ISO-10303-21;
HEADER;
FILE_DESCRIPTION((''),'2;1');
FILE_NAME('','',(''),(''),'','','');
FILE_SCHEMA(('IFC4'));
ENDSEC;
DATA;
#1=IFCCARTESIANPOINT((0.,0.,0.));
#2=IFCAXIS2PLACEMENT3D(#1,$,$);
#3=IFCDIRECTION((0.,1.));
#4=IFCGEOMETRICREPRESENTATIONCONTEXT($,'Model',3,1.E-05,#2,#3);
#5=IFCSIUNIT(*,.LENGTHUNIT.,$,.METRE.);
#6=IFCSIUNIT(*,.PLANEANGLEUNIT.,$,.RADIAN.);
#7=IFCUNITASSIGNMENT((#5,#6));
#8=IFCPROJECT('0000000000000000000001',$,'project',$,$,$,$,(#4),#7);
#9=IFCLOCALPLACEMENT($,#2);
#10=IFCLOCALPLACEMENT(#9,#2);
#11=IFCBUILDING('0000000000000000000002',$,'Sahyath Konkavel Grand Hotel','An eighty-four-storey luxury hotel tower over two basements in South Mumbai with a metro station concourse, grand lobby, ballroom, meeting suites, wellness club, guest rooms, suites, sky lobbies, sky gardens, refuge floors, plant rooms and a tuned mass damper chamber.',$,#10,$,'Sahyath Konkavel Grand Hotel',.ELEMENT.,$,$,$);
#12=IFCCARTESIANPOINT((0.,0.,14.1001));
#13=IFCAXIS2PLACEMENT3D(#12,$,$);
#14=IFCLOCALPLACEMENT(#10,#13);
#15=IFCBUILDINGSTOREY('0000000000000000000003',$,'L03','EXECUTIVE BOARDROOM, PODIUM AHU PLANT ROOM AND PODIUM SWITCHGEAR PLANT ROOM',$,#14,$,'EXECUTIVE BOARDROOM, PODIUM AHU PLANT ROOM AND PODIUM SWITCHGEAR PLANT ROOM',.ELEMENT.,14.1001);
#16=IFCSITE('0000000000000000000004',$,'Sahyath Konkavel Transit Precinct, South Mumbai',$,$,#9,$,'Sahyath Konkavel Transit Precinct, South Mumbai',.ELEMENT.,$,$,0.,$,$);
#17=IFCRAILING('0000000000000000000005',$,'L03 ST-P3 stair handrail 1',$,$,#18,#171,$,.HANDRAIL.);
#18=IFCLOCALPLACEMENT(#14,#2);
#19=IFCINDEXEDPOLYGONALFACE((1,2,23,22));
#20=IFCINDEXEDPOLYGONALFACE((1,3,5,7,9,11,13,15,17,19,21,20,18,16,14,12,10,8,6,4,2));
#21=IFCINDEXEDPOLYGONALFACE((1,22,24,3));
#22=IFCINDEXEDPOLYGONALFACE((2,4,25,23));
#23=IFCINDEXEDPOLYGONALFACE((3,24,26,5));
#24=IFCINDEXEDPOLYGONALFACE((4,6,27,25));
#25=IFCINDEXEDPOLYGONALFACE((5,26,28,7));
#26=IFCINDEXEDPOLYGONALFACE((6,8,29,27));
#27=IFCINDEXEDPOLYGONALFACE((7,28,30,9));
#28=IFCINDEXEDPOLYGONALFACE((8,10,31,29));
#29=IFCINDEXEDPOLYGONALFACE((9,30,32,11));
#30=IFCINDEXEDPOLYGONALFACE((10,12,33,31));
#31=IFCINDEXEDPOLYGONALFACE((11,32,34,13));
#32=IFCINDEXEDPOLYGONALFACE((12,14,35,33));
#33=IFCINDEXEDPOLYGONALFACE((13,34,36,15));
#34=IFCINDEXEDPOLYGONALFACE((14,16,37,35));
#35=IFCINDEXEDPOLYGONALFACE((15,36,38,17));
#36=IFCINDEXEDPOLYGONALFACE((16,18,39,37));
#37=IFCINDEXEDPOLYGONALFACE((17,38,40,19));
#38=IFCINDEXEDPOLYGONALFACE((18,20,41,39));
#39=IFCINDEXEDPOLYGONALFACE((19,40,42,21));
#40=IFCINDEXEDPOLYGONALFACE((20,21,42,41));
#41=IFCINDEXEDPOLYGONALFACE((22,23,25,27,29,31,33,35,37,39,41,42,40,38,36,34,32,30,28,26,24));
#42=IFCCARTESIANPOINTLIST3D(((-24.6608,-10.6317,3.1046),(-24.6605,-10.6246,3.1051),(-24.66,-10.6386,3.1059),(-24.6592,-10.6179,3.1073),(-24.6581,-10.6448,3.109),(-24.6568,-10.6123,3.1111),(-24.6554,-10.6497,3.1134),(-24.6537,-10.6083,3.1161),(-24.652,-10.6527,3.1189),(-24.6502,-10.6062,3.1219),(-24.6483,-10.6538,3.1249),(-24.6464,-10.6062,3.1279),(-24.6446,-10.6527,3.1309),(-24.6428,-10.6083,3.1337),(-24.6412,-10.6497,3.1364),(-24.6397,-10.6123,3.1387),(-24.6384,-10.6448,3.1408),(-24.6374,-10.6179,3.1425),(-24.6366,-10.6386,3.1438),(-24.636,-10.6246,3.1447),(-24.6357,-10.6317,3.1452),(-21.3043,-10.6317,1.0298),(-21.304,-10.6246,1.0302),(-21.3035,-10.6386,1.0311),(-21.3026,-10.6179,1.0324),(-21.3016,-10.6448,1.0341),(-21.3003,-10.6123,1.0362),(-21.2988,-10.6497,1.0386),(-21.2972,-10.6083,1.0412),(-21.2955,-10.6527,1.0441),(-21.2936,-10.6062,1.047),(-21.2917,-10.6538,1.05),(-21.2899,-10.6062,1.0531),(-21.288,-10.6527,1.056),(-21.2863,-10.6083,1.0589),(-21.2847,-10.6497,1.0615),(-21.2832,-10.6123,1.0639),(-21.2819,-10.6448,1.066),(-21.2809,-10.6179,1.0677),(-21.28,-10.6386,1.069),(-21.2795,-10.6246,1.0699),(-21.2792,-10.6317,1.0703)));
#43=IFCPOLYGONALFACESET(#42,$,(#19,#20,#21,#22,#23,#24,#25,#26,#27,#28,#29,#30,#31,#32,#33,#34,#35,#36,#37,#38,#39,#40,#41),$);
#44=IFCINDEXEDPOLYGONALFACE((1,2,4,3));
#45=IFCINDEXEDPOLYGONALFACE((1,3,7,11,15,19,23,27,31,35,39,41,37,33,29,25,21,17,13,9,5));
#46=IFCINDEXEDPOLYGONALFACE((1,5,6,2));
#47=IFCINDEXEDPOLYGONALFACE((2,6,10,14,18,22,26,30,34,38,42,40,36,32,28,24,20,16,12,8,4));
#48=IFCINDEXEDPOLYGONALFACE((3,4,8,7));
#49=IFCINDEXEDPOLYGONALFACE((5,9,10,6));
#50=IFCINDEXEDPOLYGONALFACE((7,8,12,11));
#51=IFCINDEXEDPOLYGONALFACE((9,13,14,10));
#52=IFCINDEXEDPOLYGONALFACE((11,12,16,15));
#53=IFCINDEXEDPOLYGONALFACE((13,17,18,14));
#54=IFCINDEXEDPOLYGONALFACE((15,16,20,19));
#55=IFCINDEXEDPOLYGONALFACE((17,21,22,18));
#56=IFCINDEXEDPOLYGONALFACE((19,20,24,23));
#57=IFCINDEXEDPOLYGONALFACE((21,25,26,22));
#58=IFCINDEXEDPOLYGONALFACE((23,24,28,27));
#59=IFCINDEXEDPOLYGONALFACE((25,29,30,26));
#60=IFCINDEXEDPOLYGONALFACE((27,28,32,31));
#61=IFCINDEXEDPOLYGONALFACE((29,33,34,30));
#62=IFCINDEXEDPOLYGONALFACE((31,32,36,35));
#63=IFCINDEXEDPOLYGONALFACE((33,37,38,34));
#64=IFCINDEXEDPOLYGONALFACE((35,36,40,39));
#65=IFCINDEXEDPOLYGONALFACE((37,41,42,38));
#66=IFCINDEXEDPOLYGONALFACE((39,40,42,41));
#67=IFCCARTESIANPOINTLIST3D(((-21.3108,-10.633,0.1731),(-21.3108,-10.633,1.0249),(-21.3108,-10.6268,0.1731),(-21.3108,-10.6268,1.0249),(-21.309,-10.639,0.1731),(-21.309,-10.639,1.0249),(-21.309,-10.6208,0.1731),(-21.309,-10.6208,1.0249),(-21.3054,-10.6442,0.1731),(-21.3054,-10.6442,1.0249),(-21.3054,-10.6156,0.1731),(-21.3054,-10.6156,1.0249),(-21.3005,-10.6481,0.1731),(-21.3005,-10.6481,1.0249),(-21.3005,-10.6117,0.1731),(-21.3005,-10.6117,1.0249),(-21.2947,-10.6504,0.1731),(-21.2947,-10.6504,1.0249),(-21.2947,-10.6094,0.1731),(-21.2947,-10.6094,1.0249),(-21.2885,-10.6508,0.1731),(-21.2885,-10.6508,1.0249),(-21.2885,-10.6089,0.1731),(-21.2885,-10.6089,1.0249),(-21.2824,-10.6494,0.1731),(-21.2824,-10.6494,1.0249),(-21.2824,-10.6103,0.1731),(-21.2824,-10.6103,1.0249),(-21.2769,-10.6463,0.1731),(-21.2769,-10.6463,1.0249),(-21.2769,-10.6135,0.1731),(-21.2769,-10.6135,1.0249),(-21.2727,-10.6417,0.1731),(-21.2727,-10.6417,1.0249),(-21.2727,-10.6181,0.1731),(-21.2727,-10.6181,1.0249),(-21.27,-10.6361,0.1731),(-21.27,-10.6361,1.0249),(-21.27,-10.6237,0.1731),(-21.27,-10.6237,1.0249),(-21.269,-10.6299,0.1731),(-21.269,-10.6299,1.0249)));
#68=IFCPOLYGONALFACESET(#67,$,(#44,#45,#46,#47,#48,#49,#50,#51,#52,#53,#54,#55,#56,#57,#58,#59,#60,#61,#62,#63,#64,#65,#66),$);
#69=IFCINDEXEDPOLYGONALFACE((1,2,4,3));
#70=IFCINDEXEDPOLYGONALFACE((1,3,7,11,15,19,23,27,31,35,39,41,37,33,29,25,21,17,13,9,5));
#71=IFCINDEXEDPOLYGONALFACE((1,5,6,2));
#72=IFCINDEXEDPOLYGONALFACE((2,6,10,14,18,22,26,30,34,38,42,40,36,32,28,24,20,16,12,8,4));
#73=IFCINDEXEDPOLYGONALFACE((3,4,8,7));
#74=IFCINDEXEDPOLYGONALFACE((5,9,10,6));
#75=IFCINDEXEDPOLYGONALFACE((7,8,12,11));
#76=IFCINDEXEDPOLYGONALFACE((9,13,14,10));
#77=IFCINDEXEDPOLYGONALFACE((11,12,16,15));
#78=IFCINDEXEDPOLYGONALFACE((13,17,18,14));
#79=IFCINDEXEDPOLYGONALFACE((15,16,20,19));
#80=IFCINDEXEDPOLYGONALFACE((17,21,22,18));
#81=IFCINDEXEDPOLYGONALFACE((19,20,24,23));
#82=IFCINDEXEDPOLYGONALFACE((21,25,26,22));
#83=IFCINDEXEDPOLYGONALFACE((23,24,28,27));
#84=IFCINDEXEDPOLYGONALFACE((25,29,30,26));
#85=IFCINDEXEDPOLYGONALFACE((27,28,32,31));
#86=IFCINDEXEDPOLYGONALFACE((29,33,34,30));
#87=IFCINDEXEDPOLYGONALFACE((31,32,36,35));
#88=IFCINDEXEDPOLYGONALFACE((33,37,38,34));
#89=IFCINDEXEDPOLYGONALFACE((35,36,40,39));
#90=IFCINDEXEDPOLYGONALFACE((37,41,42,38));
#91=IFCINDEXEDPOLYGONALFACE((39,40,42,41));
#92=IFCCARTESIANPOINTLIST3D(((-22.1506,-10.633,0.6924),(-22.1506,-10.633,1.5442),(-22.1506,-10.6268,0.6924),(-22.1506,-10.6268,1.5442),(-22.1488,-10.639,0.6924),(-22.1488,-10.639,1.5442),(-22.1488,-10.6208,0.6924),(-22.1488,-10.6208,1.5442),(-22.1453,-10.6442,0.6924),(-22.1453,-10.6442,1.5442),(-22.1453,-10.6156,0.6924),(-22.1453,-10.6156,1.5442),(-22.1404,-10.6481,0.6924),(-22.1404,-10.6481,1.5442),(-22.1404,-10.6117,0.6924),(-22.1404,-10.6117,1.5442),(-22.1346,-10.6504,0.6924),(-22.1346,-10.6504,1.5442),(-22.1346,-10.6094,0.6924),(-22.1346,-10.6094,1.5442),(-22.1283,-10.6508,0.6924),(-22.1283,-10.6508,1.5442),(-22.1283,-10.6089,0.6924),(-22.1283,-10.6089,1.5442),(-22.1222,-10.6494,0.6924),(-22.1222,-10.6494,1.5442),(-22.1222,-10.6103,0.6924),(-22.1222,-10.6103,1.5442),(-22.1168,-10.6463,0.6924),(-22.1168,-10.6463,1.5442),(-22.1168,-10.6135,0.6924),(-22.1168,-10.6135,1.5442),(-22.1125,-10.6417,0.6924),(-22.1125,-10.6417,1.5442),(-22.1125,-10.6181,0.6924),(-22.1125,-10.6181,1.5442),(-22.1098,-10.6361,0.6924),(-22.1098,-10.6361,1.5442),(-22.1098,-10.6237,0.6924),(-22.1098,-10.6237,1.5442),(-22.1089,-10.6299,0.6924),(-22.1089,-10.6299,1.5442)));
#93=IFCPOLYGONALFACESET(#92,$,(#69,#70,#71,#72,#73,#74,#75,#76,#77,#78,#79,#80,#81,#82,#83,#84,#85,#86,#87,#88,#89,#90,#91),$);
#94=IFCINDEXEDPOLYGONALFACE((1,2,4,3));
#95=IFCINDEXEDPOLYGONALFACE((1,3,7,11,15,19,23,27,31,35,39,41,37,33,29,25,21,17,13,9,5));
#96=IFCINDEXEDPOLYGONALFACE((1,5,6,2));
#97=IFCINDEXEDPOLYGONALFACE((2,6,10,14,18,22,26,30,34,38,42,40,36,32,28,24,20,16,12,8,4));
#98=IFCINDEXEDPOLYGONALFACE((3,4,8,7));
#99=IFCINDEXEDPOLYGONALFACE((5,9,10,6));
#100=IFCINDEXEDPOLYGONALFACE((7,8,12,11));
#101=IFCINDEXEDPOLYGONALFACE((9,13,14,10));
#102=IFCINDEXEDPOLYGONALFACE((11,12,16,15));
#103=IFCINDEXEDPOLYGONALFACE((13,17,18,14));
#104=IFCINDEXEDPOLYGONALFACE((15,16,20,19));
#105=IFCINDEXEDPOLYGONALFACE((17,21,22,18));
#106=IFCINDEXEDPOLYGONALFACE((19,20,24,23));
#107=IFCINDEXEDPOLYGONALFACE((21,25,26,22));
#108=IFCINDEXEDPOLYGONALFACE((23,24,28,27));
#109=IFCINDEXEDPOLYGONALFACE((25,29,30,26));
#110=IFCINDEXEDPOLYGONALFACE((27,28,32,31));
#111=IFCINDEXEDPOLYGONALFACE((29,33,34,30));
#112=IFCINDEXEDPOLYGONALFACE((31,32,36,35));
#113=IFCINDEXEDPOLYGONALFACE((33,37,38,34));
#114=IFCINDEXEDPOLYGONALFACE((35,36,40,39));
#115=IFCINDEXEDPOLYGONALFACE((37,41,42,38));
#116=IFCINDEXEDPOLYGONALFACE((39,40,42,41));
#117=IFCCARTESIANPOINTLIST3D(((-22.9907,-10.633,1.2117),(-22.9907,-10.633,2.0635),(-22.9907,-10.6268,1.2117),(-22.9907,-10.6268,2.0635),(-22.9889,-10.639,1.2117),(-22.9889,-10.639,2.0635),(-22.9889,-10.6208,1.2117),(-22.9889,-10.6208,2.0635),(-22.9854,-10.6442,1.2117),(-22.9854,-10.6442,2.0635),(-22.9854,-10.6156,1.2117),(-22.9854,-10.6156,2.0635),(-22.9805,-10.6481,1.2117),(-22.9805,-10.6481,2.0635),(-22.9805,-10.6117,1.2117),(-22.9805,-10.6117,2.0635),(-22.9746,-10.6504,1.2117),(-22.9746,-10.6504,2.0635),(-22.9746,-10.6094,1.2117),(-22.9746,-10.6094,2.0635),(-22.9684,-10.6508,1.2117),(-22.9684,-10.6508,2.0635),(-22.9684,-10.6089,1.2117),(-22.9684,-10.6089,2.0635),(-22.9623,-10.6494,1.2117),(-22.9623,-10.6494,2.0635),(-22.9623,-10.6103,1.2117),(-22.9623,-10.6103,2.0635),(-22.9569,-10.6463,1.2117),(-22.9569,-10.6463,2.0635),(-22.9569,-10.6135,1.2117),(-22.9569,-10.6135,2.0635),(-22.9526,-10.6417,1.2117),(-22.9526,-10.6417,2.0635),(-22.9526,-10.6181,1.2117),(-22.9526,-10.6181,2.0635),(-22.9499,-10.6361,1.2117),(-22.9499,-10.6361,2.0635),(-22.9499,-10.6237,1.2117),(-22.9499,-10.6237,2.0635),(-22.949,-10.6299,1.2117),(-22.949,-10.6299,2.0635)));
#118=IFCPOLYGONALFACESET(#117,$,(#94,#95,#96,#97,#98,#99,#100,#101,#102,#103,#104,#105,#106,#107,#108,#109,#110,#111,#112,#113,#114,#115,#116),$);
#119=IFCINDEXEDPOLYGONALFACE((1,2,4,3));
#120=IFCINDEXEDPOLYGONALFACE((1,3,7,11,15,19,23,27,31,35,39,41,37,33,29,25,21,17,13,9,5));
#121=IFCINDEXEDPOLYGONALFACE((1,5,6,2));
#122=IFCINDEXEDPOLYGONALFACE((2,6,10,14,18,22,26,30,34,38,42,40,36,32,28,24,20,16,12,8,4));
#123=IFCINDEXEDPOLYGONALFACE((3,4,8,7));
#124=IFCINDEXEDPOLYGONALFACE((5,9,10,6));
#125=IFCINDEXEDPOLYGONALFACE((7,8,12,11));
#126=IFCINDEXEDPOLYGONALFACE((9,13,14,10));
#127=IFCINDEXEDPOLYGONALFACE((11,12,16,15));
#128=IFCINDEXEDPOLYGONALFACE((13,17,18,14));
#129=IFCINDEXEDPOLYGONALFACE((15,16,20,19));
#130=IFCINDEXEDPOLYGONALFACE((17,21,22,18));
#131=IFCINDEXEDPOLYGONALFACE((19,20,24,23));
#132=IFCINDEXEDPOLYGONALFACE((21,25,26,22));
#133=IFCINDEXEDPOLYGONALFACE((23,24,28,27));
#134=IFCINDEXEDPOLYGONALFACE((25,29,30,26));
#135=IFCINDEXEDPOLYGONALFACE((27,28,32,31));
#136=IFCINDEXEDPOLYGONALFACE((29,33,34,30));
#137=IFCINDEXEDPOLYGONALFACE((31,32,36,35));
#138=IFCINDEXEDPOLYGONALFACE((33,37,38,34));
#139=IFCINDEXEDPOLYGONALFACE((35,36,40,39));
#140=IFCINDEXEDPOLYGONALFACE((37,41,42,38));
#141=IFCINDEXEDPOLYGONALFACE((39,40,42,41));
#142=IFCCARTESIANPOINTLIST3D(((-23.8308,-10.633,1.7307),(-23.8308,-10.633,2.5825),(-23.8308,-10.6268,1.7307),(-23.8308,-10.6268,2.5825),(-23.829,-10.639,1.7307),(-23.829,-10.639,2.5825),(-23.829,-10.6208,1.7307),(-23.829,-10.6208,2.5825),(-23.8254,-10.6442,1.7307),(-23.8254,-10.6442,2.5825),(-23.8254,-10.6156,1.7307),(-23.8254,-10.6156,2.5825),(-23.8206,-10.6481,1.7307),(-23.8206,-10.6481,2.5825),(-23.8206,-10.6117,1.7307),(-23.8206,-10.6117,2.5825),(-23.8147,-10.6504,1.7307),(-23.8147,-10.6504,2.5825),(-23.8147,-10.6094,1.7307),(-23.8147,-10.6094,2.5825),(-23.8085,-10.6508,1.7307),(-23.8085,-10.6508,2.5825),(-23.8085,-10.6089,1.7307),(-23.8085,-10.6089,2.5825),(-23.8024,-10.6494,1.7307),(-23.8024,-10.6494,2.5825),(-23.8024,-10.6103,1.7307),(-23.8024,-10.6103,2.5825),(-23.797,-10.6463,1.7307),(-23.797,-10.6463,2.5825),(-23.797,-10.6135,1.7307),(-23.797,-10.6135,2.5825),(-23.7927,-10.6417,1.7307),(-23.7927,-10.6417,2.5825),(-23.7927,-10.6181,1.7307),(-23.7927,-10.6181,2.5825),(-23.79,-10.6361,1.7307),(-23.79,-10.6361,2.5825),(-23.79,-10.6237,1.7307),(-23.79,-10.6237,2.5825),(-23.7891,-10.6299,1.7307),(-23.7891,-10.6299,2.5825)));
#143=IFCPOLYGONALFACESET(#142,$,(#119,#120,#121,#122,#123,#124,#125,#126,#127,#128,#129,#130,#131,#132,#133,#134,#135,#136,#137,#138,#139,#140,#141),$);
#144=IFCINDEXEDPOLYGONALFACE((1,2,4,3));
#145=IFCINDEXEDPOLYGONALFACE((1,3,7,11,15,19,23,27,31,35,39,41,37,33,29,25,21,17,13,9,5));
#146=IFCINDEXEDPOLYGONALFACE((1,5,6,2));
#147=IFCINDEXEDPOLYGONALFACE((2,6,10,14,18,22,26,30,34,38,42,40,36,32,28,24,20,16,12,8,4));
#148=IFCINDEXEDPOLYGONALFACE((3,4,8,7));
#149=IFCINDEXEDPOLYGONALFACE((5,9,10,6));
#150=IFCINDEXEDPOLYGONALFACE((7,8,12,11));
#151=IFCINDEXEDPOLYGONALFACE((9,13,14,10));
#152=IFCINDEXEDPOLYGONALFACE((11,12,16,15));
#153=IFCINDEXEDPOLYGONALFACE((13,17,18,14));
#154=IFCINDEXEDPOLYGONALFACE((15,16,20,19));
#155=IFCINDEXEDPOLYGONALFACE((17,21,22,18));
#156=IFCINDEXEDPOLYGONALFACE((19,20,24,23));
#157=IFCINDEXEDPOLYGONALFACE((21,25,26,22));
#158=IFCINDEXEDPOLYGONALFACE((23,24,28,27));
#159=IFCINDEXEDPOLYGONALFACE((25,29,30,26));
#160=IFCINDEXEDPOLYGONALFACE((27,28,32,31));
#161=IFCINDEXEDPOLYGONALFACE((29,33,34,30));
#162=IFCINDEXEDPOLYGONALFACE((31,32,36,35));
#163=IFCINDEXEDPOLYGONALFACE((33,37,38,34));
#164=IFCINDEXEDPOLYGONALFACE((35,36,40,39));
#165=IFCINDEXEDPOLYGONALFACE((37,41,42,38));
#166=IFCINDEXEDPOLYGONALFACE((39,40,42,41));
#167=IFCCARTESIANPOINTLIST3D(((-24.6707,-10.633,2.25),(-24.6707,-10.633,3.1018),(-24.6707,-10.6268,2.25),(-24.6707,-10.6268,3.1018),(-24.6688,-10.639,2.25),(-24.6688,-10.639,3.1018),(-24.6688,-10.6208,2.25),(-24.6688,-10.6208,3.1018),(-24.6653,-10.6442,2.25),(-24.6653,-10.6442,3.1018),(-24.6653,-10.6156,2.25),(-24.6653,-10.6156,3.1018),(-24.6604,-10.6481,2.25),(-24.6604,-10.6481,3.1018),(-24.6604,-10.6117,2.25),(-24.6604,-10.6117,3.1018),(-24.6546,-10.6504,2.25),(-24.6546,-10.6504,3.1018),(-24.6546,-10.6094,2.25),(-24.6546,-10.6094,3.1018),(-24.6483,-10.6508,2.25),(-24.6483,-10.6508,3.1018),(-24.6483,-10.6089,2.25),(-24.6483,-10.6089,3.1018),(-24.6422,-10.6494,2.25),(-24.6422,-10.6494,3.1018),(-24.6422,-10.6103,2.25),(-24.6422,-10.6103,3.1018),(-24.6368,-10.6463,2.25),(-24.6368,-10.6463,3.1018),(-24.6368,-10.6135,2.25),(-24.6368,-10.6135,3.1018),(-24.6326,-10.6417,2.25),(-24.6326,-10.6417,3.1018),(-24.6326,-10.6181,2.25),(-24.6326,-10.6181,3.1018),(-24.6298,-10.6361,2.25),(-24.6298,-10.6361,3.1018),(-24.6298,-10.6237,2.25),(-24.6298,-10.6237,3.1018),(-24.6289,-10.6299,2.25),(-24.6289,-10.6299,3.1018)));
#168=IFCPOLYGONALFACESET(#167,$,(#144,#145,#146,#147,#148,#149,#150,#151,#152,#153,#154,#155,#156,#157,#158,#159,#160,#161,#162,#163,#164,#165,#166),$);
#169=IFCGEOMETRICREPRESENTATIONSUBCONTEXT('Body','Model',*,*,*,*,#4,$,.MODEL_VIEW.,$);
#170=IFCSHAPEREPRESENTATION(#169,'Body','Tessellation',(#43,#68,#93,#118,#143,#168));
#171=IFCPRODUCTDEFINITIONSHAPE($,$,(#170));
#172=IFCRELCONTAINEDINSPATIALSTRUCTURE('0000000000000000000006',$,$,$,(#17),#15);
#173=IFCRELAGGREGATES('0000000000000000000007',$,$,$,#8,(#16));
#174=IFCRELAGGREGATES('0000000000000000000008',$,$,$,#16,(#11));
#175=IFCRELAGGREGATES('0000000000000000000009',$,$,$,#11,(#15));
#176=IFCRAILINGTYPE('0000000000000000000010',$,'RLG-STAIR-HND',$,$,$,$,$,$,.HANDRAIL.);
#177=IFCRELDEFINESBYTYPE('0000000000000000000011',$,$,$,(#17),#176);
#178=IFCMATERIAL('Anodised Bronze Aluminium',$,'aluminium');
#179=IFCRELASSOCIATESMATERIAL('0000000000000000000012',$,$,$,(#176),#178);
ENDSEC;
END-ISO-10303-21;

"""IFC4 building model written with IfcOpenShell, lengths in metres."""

from ifc_helpers import new_model, si_unit, direction, frame, origin, origin_2d, place, context, subcontext, project, spatial, circle, extrude, material, type_object, element, save


model = new_model("IFC4")

# Units and contexts
model_context = context("Model", 3, precision=1e-05, world=origin(), true_north=direction((0.0, 1.0)))
body_context = subcontext(model_context, "Body", "Model", "MODEL_VIEW")
ifc_project = project(units=[si_unit("LENGTHUNIT", "METRE"), si_unit("PLANEANGLEUNIT", "RADIAN")], contexts=[model_context])

# Site, building, storey
site_placement = place(None, origin())
site = spatial("IfcSite", under=ifc_project, at=site_placement, Name="Sahyath Konkavel Transit Precinct, South Mumbai", LongName="Sahyath Konkavel Transit Precinct, South Mumbai", CompositionType="ELEMENT", RefElevation=0.0)
building_placement = place(site_placement, origin())
building = spatial("IfcBuilding", under=site, at=building_placement, Name="Sahyath Konkavel Grand Hotel", Description="An eighty-four-storey luxury hotel tower over two basements in South Mumbai with a metro station concourse, grand lobby, ballroom, meeting suites, wellness club, guest rooms, suites, sky lobbies, sky gardens, refuge floors, plant rooms and a tuned mass damper chamber.", LongName="Sahyath Konkavel Grand Hotel", CompositionType="ELEMENT")
storey_placement = place(building_placement, frame((0.0, 0.0, 14.1001)))
storey = spatial("IfcBuildingStorey", under=building, at=storey_placement, Name="L03", Description="EXECUTIVE BOARDROOM, PODIUM AHU PLANT ROOM AND PODIUM SWITCHGEAR PLANT ROOM", LongName="EXECUTIVE BOARDROOM, PODIUM AHU PLANT ROOM AND PODIUM SWITCHGEAR PLANT ROOM", CompositionType="ELEMENT", Elevation=14.1001)

# Shared definitions
ifc_material_1 = material(Name="Anodised Bronze Aluminium", Category="aluminium")

# Railing
railing_type_1 = type_object("IfcRailingType", Name="RLG-STAIR-HND", PredefinedType="HANDRAIL", material=ifc_material_1)
railing_1_placement = place(storey_placement, frame((-21.29, -10.6299, 0.1731)))
element("IfcRailing", 1, at=railing_1_placement, inside=storey, type_object=railing_type_1, Name="L03 ST-P3 stair handrail 1", PredefinedType="HANDRAIL", context=body_context, shape_type="SweptSolid", body=[
    extrude(circle(Radius=0.0239, at=origin_2d()), frame((-0.0017, 0.0, 0.877), z_axis=(-0.850606, 0.0, 0.525803), x_axis=(0.0, -1.0, 0.0)), (0.0, 0.0, 1.0), 3.946),
    extrude(circle(Radius=0.021, at=origin_2d()), origin(), (0.0, 0.0, 1.0), 0.8518),
    extrude(circle(Radius=0.021, at=origin_2d()), frame((-0.8398, 0.0, 0.5193)), (0.0, 0.0, 1.0), 0.8518),
    extrude(circle(Radius=0.021, at=origin_2d()), frame((-1.6799, 0.0, 1.0386)), (0.0, 0.0, 1.0), 0.8518),
    extrude(circle(Radius=0.021, at=origin_2d()), frame((-2.52, 0.0, 1.5576)), (0.0, 0.0, 1.0), 0.8518),
    extrude(circle(Radius=0.021, at=origin_2d()), frame((-3.3599, 0.0, 2.0769)), (0.0, 0.0, 1.0), 0.8518),
])

save(model, "model.ifc")
